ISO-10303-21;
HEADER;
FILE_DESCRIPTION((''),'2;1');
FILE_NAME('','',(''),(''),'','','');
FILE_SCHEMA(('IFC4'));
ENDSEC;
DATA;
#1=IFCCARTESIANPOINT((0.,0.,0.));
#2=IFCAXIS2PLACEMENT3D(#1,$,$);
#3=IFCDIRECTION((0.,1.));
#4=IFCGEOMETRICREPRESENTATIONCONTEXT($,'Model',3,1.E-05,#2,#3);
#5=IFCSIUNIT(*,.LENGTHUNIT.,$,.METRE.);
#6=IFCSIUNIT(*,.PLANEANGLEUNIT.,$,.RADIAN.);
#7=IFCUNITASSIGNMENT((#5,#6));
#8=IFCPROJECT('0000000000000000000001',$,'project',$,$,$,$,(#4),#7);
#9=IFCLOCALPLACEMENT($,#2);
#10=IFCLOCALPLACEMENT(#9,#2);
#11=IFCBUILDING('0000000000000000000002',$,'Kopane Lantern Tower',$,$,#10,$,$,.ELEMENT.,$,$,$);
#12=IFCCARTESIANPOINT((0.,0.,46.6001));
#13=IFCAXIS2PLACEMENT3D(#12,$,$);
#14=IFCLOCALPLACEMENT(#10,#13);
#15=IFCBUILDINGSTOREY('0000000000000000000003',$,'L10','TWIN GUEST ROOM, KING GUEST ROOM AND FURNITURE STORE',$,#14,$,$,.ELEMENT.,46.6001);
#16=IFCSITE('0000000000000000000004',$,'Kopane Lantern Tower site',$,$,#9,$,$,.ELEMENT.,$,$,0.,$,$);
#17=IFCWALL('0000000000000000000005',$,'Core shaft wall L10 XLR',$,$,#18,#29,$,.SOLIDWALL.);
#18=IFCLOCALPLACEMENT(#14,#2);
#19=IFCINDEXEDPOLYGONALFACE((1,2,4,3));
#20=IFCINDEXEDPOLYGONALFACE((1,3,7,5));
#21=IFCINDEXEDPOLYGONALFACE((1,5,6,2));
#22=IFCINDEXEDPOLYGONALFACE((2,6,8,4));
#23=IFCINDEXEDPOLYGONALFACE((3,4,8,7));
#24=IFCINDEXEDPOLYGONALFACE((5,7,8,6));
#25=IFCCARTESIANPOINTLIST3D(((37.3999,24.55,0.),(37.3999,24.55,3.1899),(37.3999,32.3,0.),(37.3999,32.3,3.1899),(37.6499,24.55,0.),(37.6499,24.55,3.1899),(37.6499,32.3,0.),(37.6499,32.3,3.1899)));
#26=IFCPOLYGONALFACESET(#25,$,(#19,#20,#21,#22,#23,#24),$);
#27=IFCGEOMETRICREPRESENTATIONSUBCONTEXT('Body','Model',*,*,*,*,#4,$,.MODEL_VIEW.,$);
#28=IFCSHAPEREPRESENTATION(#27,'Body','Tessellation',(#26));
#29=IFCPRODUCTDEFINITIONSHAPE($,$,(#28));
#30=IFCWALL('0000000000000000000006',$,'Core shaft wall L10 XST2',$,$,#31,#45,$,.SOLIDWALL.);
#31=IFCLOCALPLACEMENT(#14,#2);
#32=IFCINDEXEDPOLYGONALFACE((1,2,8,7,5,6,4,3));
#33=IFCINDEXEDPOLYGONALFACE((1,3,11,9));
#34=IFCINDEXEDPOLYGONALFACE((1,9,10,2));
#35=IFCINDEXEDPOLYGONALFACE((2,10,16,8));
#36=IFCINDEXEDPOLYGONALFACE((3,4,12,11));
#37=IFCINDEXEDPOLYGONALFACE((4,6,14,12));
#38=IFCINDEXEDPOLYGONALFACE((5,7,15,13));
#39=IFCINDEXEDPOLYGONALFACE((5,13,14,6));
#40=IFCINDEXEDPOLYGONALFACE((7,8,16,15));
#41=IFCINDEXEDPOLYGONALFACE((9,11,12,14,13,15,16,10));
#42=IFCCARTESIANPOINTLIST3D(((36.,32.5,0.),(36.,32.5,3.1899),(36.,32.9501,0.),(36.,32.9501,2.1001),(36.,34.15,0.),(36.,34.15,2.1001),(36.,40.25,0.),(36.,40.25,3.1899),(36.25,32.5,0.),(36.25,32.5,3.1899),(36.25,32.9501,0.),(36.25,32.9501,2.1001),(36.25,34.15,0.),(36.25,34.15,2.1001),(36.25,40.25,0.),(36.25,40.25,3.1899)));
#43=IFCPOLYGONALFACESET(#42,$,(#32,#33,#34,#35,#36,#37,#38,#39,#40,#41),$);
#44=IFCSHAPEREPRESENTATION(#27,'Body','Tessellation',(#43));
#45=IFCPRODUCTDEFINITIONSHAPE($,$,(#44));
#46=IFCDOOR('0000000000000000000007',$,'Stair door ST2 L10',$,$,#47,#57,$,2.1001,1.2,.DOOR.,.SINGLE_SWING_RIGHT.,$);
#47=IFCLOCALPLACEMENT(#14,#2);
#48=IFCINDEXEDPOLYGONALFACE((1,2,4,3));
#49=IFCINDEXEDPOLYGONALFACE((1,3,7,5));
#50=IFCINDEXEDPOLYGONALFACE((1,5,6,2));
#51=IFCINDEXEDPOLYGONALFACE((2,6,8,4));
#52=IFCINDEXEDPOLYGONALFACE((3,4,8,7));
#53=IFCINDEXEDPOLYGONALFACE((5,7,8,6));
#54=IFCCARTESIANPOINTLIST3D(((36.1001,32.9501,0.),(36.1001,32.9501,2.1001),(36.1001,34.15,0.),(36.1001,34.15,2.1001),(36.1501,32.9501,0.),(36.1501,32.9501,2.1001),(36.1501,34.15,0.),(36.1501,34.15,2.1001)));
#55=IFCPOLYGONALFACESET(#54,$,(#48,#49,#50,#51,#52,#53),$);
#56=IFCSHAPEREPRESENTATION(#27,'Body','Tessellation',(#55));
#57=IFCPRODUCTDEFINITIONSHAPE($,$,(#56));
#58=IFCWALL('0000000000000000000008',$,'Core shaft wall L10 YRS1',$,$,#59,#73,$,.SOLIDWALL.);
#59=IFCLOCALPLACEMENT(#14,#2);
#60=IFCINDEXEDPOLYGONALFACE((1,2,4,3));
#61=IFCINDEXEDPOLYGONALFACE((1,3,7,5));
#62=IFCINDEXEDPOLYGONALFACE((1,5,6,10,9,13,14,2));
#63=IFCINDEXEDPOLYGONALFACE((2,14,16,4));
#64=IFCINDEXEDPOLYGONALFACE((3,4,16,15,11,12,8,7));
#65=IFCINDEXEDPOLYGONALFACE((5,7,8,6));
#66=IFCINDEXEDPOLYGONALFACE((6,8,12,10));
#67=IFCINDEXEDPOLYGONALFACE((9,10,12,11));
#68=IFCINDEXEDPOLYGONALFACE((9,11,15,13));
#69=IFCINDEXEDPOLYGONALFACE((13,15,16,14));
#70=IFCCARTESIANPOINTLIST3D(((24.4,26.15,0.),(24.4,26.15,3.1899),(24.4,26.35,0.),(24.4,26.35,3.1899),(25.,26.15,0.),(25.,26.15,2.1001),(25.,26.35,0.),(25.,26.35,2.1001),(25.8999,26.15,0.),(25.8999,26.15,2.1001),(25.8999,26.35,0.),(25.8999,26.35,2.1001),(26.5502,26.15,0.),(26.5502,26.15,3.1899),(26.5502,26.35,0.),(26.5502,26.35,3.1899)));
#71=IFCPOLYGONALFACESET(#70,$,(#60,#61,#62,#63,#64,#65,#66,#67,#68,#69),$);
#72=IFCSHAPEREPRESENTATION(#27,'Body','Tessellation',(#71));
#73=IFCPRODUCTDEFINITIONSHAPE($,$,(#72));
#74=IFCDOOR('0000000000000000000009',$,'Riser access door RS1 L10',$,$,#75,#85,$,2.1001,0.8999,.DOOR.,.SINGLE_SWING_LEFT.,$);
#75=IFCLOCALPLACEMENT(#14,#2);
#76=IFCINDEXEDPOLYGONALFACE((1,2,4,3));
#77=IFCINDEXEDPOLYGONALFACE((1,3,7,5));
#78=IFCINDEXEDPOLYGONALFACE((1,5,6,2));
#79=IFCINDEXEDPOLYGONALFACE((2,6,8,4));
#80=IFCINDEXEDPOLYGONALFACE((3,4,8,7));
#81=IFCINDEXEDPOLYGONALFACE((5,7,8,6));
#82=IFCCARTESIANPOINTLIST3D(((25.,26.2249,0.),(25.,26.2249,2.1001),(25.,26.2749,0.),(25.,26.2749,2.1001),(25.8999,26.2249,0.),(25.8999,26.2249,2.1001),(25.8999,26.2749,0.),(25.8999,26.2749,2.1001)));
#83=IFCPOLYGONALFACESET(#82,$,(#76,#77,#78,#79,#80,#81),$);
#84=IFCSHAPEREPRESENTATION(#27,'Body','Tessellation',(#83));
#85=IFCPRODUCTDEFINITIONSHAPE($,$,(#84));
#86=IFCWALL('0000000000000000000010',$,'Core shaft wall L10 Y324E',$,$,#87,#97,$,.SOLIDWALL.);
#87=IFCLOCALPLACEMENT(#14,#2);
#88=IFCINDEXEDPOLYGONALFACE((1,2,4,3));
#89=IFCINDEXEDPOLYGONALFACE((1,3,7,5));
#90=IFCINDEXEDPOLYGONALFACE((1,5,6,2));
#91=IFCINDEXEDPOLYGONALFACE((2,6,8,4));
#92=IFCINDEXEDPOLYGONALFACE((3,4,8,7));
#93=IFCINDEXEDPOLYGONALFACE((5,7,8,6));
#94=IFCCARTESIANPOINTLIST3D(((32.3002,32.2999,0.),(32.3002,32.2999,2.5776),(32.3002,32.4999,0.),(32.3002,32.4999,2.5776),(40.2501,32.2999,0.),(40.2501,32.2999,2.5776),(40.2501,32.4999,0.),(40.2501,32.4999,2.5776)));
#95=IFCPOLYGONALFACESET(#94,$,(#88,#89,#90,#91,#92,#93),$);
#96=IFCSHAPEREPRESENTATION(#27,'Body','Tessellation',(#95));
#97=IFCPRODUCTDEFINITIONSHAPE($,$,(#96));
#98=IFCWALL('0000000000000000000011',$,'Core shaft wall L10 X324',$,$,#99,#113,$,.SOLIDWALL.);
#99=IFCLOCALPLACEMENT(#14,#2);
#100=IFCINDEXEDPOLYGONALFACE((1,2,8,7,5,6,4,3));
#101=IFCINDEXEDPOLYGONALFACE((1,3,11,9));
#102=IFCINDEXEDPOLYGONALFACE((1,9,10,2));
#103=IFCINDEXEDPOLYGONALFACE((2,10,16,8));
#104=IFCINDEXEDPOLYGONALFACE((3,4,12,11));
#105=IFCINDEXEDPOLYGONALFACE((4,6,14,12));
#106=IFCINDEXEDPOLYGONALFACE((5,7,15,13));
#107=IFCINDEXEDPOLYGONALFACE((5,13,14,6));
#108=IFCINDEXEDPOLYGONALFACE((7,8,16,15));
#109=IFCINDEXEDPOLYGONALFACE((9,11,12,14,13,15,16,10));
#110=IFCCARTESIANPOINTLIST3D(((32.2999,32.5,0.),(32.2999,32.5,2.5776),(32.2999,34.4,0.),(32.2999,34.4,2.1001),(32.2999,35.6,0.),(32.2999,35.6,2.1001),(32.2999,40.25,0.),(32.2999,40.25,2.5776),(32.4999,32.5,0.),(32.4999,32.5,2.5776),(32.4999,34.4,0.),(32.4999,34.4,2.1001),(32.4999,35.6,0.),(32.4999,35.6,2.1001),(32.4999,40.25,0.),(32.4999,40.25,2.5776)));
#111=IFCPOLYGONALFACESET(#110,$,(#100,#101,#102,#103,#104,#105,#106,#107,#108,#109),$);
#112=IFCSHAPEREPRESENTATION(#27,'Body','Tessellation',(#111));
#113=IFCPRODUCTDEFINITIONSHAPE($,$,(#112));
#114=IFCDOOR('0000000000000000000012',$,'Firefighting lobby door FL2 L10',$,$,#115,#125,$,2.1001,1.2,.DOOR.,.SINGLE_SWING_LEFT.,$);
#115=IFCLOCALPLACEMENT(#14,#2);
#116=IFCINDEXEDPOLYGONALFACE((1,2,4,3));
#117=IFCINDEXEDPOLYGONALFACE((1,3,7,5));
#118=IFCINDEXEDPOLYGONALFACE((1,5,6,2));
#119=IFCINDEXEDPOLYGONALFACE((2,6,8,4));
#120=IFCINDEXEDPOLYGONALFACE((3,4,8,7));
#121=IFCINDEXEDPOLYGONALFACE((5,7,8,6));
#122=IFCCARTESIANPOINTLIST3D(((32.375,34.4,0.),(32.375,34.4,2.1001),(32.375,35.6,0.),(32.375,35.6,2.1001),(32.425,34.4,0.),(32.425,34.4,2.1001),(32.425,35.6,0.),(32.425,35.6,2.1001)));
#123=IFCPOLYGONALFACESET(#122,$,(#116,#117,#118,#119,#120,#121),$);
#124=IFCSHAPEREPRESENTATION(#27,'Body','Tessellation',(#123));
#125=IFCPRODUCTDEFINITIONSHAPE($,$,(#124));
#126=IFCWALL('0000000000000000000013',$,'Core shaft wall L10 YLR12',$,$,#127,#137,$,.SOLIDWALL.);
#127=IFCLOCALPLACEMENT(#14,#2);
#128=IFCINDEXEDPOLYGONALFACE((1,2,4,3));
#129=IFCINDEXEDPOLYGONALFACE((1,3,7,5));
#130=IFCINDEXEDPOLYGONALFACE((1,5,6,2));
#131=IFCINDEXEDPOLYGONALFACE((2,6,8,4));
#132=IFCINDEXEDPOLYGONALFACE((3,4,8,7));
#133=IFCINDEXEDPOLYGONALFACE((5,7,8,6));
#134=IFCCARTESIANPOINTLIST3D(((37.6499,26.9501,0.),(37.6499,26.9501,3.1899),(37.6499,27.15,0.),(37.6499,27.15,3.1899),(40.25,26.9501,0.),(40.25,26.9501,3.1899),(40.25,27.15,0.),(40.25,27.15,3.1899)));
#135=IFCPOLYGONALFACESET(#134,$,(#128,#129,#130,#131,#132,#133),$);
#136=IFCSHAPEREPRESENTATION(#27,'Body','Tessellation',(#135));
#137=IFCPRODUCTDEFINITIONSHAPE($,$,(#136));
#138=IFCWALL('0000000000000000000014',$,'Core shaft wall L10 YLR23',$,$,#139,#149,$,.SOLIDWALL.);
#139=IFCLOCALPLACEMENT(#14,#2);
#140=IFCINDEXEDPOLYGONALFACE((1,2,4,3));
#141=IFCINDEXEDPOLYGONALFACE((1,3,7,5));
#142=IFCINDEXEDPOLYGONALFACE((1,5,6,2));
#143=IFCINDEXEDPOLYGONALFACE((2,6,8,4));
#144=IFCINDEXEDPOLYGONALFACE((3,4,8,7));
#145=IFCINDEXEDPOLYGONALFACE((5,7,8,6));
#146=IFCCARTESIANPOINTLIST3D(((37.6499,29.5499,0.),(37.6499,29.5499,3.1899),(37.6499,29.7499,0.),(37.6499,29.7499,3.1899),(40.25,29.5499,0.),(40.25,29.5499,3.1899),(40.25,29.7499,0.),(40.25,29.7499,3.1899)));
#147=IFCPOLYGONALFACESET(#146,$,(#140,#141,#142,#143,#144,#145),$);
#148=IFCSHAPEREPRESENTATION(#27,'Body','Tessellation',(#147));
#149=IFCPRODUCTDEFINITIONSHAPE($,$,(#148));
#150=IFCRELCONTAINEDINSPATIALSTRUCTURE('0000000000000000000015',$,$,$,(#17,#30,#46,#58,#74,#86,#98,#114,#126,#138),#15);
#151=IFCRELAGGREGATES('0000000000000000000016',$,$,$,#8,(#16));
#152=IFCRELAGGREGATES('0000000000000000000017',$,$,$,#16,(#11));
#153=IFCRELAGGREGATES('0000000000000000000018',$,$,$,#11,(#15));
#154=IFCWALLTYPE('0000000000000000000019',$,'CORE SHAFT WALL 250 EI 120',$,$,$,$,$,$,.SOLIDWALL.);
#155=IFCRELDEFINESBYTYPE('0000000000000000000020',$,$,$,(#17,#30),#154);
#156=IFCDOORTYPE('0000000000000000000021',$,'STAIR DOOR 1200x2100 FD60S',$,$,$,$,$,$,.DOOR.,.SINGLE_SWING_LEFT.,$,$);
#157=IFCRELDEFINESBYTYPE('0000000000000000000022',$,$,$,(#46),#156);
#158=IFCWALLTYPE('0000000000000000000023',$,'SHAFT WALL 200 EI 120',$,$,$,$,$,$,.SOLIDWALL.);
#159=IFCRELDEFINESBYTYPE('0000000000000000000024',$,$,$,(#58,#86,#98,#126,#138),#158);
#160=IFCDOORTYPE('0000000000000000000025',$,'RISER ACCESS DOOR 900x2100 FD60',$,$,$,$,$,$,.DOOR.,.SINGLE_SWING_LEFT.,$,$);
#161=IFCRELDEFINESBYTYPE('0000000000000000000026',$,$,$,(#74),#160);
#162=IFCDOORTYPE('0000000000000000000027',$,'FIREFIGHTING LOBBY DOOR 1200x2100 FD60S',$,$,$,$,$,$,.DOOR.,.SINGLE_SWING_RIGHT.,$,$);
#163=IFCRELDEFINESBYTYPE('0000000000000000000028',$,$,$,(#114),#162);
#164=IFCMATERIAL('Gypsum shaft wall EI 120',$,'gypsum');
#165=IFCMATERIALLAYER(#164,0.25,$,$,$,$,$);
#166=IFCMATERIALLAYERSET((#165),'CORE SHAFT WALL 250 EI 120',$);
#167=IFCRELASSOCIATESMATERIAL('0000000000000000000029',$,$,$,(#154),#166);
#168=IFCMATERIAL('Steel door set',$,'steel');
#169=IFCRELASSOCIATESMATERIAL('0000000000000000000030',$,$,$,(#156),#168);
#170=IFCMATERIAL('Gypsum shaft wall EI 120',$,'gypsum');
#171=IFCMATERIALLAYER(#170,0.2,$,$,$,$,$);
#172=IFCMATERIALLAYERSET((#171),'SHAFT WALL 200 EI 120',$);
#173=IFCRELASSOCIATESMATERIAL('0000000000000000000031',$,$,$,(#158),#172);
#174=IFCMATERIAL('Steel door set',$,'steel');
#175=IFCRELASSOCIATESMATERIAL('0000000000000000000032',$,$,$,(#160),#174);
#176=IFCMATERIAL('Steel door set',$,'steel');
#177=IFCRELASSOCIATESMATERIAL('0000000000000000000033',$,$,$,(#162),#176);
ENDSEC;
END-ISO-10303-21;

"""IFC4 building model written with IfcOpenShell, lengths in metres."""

from ifc_helpers import new_model, si_unit, direction, frame, frame_2d, origin, place, context, subcontext, project, spatial, rectangle, extrude, material, layer, layer_set, type_object, element, fill, save


model = new_model("IFC4")

# Units and contexts
model_context = context("Model", 3, precision=1e-05, world=origin(), true_north=direction((0.0, 1.0)))
body_context = subcontext(model_context, "Body", "Model", "MODEL_VIEW")
ifc_project = project(units=[si_unit("LENGTHUNIT", "METRE"), si_unit("PLANEANGLEUNIT", "RADIAN")], contexts=[model_context])

# Site, building, storey
site_placement = place(None, origin())
site = spatial("IfcSite", under=ifc_project, at=site_placement, Name="Kopane Lantern Tower site", CompositionType="ELEMENT", RefElevation=0.0)
building_placement = place(site_placement, origin())
building = spatial("IfcBuilding", under=site, at=building_placement, Name="Kopane Lantern Tower", CompositionType="ELEMENT")
storey_placement = place(building_placement, frame((0.0, 0.0, 46.6001)))
storey = spatial("IfcBuildingStorey", under=building, at=storey_placement, Name="L10", Description="TWIN GUEST ROOM, KING GUEST ROOM AND FURNITURE STORE", CompositionType="ELEMENT", Elevation=46.6001)

# Wall
ifc_material_1 = material(Name="Gypsum shaft wall EI 120", Category="gypsum")
ifc_layer_1 = layer(ifc_material_1, 0.25)
ifc_layer_set_1 = layer_set([ifc_layer_1], Name="CORE SHAFT WALL 250 EI 120")
wall_type_1 = type_object("IfcWallType", Name="CORE SHAFT WALL 250 EI 120", PredefinedType="SOLIDWALL", material=ifc_layer_set_1)
wall_1_placement = place(storey_placement, frame((37.5249, 24.55, 0.0), z_axis=(0.0, 0.0, 1.0), x_axis=(0.0, 1.0, 0.0)))
element("IfcWall", 1, at=wall_1_placement, inside=storey, type_object=wall_type_1, Name="Core shaft wall L10 XLR", PredefinedType="SOLIDWALL", context=body_context, shape_type="SweptSolid", body=[
    extrude(rectangle(XDim=7.75, YDim=0.25, at=frame_2d((3.875, 0.0))), origin(), (0.0, 0.0, 1.0), 3.1899),
])

# Walls, openings, doors
wall_2_placement = place(storey_placement, frame((36.125, 32.5, 0.0), z_axis=(0.0, 0.0, 1.0), x_axis=(0.0, 1.0, 0.0)))
wall_2 = element("IfcWall", 2, at=wall_2_placement, inside=storey, type_object=wall_type_1, Name="Core shaft wall L10 XST2", PredefinedType="SOLIDWALL", context=body_context, shape_type="SweptSolid", body=[
    extrude(rectangle(XDim=7.75, YDim=0.25, at=frame_2d((3.875, 0.0))), origin(), (0.0, 0.0, 1.0), 3.1899),
])
opening_1_placement = place(wall_2_placement, frame((0.45, 0.0, 0.0)))
opening_1 = element("IfcOpeningElement", 3, at=opening_1_placement, cuts=wall_2, PredefinedType="OPENING", context=body_context, shape_type="SweptSolid", body=[
    extrude(rectangle(XDim=1.2, YDim=2.1001, at=frame_2d((0.6001, 1.05))), frame((0.0, 0.135, 0.0), z_axis=(0.0, -1.0, 0.0), x_axis=(1.0, 0.0, 0.0)), (0.0, 0.0, 1.0), 0.27),
])
ifc_material_2 = material(Name="Steel door set", Category="steel")
door_type_1 = type_object("IfcDoorType", Name="STAIR DOOR 1200x2100 FD60S", OperationType="SINGLE_SWING_LEFT", PredefinedType="DOOR", material=ifc_material_2)
door_1_placement = place(opening_1_placement, origin())
door_1 = element("IfcDoor", 4, at=door_1_placement, inside=storey, type_object=door_type_1, Name="Stair door ST2 L10", OperationType="SINGLE_SWING_RIGHT", OverallHeight=2.1001, OverallWidth=1.2, PredefinedType="DOOR", context=body_context, shape_type="SweptSolid", body=[
    extrude(rectangle(XDim=1.2, YDim=2.1001, at=frame_2d((0.6001, 1.05))), frame((0.0, 0.0249, 0.0), z_axis=(0.0, -1.0, 0.0), x_axis=(1.0, 0.0, 0.0)), (0.0, 0.0, 1.0), 0.05),
])
fill(opening_1, door_1)
ifc_material_3 = material(Name="Gypsum shaft wall EI 120", Category="gypsum")
ifc_layer_2 = layer(ifc_material_3, 0.2)
ifc_layer_set_2 = layer_set([ifc_layer_2], Name="SHAFT WALL 200 EI 120")
wall_type_2 = type_object("IfcWallType", Name="SHAFT WALL 200 EI 120", PredefinedType="SOLIDWALL", material=ifc_layer_set_2)
wall_3_placement = place(storey_placement, frame((24.3999, 26.25, 0.0), z_axis=(0.0, 0.0, 1.0), x_axis=(1.0, 0.0, 0.0)))
wall_3 = element("IfcWall", 5, at=wall_3_placement, inside=storey, type_object=wall_type_2, Name="Core shaft wall L10 YRS1", PredefinedType="SOLIDWALL", context=body_context, shape_type="SweptSolid", body=[
    extrude(rectangle(XDim=2.1501, YDim=0.2, at=frame_2d((1.0752, 0.0))), origin(), (0.0, 0.0, 1.0), 3.1899),
])
opening_2_placement = place(wall_3_placement, frame((0.6001, 0.0, 0.0)))
opening_2 = element("IfcOpeningElement", 6, at=opening_2_placement, cuts=wall_3, PredefinedType="OPENING", context=body_context, shape_type="SweptSolid", body=[
    extrude(rectangle(XDim=0.8999, YDim=2.1001, at=frame_2d((0.45, 1.05))), frame((0.0, 0.1099, 0.0), z_axis=(0.0, -1.0, 0.0), x_axis=(1.0, 0.0, 0.0)), (0.0, 0.0, 1.0), 0.22),
])
ifc_material_4 = material(Name="Steel door set", Category="steel")
door_type_2 = type_object("IfcDoorType", Name="RISER ACCESS DOOR 900x2100 FD60", OperationType="SINGLE_SWING_LEFT", PredefinedType="DOOR", material=ifc_material_4)
door_2_placement = place(opening_2_placement, origin())
door_2 = element("IfcDoor", 7, at=door_2_placement, inside=storey, type_object=door_type_2, Name="Riser access door RS1 L10", OperationType="SINGLE_SWING_LEFT", OverallHeight=2.1001, OverallWidth=0.8999, PredefinedType="DOOR", context=body_context, shape_type="SweptSolid", body=[
    extrude(rectangle(XDim=0.8999, YDim=2.1001, at=frame_2d((0.45, 1.05))), frame((0.0, 0.0249, 0.0), z_axis=(0.0, -1.0, 0.0), x_axis=(1.0, 0.0, 0.0)), (0.0, 0.0, 1.0), 0.05),
])
fill(opening_2, door_2)

# Wall
wall_4_placement = place(storey_placement, frame((32.3, 32.3999, 0.0), z_axis=(0.0, 0.0, 1.0), x_axis=(1.0, 0.0, 0.0)))
element("IfcWall", 8, at=wall_4_placement, inside=storey, type_object=wall_type_2, Name="Core shaft wall L10 Y324E", PredefinedType="SOLIDWALL", context=body_context, shape_type="SweptSolid", body=[
    extrude(rectangle(XDim=7.95, YDim=0.2, at=frame_2d((3.9751, 0.0))), origin(), (0.0, 0.0, 1.0), 2.5776),
])

# Wall, opening, door
wall_5_placement = place(storey_placement, frame((32.3999, 32.5, 0.0), z_axis=(0.0, 0.0, 1.0), x_axis=(0.0, 1.0, 0.0)))
wall_5 = element("IfcWall", 9, at=wall_5_placement, inside=storey, type_object=wall_type_2, Name="Core shaft wall L10 X324", PredefinedType="SOLIDWALL", context=body_context, shape_type="SweptSolid", body=[
    extrude(rectangle(XDim=7.75, YDim=0.2, at=frame_2d((3.875, 0.0))), origin(), (0.0, 0.0, 1.0), 2.5776),
])
opening_3_placement = place(wall_5_placement, frame((1.8999, 0.0, 0.0)))
opening_3 = element("IfcOpeningElement", 10, at=opening_3_placement, cuts=wall_5, PredefinedType="OPENING", context=body_context, shape_type="SweptSolid", body=[
    extrude(rectangle(XDim=1.2, YDim=2.1001, at=frame_2d((0.6001, 1.05))), frame((0.0, 0.1099, 0.0), z_axis=(0.0, -1.0, 0.0), x_axis=(1.0, 0.0, 0.0)), (0.0, 0.0, 1.0), 0.22),
])
ifc_material_5 = material(Name="Steel door set", Category="steel")
door_type_3 = type_object("IfcDoorType", Name="FIREFIGHTING LOBBY DOOR 1200x2100 FD60S", OperationType="SINGLE_SWING_RIGHT", PredefinedType="DOOR", material=ifc_material_5)
door_3_placement = place(opening_3_placement, origin())
door_3 = element("IfcDoor", 11, at=door_3_placement, inside=storey, type_object=door_type_3, Name="Firefighting lobby door FL2 L10", OperationType="SINGLE_SWING_LEFT", OverallHeight=2.1001, OverallWidth=1.2, PredefinedType="DOOR", context=body_context, shape_type="SweptSolid", body=[
    extrude(rectangle(XDim=1.2, YDim=2.1001, at=frame_2d((0.6001, 1.05))), frame((0.0, 0.0249, 0.0), z_axis=(0.0, -1.0, 0.0), x_axis=(1.0, 0.0, 0.0)), (0.0, 0.0, 1.0), 0.05),
])
fill(opening_3, door_3)

# Walls
for number, where, z_axis, x_axis, name in (
    (12, (37.6499, 27.05, 0.0), (0.0, 0.0, 1.0), (1.0, 0.0, 0.0), "Core shaft wall L10 YLR12"),
    (13, (37.6499, 29.6499, 0.0), (0.0, 0.0, 1.0), (1.0, 0.0, 0.0), "Core shaft wall L10 YLR23"),
):
    element("IfcWall", number, at=place(storey_placement, frame(where, z_axis=z_axis, x_axis=x_axis)), inside=storey, type_object=wall_type_2, Name=name, PredefinedType="SOLIDWALL", context=body_context, shape_type="SweptSolid", body=[
        extrude(rectangle(XDim=2.6001, YDim=0.2, at=frame_2d((1.3, 0.0))), origin(), (0.0, 0.0, 1.0), 3.1899),
    ])

save(model, "model.ifc")
